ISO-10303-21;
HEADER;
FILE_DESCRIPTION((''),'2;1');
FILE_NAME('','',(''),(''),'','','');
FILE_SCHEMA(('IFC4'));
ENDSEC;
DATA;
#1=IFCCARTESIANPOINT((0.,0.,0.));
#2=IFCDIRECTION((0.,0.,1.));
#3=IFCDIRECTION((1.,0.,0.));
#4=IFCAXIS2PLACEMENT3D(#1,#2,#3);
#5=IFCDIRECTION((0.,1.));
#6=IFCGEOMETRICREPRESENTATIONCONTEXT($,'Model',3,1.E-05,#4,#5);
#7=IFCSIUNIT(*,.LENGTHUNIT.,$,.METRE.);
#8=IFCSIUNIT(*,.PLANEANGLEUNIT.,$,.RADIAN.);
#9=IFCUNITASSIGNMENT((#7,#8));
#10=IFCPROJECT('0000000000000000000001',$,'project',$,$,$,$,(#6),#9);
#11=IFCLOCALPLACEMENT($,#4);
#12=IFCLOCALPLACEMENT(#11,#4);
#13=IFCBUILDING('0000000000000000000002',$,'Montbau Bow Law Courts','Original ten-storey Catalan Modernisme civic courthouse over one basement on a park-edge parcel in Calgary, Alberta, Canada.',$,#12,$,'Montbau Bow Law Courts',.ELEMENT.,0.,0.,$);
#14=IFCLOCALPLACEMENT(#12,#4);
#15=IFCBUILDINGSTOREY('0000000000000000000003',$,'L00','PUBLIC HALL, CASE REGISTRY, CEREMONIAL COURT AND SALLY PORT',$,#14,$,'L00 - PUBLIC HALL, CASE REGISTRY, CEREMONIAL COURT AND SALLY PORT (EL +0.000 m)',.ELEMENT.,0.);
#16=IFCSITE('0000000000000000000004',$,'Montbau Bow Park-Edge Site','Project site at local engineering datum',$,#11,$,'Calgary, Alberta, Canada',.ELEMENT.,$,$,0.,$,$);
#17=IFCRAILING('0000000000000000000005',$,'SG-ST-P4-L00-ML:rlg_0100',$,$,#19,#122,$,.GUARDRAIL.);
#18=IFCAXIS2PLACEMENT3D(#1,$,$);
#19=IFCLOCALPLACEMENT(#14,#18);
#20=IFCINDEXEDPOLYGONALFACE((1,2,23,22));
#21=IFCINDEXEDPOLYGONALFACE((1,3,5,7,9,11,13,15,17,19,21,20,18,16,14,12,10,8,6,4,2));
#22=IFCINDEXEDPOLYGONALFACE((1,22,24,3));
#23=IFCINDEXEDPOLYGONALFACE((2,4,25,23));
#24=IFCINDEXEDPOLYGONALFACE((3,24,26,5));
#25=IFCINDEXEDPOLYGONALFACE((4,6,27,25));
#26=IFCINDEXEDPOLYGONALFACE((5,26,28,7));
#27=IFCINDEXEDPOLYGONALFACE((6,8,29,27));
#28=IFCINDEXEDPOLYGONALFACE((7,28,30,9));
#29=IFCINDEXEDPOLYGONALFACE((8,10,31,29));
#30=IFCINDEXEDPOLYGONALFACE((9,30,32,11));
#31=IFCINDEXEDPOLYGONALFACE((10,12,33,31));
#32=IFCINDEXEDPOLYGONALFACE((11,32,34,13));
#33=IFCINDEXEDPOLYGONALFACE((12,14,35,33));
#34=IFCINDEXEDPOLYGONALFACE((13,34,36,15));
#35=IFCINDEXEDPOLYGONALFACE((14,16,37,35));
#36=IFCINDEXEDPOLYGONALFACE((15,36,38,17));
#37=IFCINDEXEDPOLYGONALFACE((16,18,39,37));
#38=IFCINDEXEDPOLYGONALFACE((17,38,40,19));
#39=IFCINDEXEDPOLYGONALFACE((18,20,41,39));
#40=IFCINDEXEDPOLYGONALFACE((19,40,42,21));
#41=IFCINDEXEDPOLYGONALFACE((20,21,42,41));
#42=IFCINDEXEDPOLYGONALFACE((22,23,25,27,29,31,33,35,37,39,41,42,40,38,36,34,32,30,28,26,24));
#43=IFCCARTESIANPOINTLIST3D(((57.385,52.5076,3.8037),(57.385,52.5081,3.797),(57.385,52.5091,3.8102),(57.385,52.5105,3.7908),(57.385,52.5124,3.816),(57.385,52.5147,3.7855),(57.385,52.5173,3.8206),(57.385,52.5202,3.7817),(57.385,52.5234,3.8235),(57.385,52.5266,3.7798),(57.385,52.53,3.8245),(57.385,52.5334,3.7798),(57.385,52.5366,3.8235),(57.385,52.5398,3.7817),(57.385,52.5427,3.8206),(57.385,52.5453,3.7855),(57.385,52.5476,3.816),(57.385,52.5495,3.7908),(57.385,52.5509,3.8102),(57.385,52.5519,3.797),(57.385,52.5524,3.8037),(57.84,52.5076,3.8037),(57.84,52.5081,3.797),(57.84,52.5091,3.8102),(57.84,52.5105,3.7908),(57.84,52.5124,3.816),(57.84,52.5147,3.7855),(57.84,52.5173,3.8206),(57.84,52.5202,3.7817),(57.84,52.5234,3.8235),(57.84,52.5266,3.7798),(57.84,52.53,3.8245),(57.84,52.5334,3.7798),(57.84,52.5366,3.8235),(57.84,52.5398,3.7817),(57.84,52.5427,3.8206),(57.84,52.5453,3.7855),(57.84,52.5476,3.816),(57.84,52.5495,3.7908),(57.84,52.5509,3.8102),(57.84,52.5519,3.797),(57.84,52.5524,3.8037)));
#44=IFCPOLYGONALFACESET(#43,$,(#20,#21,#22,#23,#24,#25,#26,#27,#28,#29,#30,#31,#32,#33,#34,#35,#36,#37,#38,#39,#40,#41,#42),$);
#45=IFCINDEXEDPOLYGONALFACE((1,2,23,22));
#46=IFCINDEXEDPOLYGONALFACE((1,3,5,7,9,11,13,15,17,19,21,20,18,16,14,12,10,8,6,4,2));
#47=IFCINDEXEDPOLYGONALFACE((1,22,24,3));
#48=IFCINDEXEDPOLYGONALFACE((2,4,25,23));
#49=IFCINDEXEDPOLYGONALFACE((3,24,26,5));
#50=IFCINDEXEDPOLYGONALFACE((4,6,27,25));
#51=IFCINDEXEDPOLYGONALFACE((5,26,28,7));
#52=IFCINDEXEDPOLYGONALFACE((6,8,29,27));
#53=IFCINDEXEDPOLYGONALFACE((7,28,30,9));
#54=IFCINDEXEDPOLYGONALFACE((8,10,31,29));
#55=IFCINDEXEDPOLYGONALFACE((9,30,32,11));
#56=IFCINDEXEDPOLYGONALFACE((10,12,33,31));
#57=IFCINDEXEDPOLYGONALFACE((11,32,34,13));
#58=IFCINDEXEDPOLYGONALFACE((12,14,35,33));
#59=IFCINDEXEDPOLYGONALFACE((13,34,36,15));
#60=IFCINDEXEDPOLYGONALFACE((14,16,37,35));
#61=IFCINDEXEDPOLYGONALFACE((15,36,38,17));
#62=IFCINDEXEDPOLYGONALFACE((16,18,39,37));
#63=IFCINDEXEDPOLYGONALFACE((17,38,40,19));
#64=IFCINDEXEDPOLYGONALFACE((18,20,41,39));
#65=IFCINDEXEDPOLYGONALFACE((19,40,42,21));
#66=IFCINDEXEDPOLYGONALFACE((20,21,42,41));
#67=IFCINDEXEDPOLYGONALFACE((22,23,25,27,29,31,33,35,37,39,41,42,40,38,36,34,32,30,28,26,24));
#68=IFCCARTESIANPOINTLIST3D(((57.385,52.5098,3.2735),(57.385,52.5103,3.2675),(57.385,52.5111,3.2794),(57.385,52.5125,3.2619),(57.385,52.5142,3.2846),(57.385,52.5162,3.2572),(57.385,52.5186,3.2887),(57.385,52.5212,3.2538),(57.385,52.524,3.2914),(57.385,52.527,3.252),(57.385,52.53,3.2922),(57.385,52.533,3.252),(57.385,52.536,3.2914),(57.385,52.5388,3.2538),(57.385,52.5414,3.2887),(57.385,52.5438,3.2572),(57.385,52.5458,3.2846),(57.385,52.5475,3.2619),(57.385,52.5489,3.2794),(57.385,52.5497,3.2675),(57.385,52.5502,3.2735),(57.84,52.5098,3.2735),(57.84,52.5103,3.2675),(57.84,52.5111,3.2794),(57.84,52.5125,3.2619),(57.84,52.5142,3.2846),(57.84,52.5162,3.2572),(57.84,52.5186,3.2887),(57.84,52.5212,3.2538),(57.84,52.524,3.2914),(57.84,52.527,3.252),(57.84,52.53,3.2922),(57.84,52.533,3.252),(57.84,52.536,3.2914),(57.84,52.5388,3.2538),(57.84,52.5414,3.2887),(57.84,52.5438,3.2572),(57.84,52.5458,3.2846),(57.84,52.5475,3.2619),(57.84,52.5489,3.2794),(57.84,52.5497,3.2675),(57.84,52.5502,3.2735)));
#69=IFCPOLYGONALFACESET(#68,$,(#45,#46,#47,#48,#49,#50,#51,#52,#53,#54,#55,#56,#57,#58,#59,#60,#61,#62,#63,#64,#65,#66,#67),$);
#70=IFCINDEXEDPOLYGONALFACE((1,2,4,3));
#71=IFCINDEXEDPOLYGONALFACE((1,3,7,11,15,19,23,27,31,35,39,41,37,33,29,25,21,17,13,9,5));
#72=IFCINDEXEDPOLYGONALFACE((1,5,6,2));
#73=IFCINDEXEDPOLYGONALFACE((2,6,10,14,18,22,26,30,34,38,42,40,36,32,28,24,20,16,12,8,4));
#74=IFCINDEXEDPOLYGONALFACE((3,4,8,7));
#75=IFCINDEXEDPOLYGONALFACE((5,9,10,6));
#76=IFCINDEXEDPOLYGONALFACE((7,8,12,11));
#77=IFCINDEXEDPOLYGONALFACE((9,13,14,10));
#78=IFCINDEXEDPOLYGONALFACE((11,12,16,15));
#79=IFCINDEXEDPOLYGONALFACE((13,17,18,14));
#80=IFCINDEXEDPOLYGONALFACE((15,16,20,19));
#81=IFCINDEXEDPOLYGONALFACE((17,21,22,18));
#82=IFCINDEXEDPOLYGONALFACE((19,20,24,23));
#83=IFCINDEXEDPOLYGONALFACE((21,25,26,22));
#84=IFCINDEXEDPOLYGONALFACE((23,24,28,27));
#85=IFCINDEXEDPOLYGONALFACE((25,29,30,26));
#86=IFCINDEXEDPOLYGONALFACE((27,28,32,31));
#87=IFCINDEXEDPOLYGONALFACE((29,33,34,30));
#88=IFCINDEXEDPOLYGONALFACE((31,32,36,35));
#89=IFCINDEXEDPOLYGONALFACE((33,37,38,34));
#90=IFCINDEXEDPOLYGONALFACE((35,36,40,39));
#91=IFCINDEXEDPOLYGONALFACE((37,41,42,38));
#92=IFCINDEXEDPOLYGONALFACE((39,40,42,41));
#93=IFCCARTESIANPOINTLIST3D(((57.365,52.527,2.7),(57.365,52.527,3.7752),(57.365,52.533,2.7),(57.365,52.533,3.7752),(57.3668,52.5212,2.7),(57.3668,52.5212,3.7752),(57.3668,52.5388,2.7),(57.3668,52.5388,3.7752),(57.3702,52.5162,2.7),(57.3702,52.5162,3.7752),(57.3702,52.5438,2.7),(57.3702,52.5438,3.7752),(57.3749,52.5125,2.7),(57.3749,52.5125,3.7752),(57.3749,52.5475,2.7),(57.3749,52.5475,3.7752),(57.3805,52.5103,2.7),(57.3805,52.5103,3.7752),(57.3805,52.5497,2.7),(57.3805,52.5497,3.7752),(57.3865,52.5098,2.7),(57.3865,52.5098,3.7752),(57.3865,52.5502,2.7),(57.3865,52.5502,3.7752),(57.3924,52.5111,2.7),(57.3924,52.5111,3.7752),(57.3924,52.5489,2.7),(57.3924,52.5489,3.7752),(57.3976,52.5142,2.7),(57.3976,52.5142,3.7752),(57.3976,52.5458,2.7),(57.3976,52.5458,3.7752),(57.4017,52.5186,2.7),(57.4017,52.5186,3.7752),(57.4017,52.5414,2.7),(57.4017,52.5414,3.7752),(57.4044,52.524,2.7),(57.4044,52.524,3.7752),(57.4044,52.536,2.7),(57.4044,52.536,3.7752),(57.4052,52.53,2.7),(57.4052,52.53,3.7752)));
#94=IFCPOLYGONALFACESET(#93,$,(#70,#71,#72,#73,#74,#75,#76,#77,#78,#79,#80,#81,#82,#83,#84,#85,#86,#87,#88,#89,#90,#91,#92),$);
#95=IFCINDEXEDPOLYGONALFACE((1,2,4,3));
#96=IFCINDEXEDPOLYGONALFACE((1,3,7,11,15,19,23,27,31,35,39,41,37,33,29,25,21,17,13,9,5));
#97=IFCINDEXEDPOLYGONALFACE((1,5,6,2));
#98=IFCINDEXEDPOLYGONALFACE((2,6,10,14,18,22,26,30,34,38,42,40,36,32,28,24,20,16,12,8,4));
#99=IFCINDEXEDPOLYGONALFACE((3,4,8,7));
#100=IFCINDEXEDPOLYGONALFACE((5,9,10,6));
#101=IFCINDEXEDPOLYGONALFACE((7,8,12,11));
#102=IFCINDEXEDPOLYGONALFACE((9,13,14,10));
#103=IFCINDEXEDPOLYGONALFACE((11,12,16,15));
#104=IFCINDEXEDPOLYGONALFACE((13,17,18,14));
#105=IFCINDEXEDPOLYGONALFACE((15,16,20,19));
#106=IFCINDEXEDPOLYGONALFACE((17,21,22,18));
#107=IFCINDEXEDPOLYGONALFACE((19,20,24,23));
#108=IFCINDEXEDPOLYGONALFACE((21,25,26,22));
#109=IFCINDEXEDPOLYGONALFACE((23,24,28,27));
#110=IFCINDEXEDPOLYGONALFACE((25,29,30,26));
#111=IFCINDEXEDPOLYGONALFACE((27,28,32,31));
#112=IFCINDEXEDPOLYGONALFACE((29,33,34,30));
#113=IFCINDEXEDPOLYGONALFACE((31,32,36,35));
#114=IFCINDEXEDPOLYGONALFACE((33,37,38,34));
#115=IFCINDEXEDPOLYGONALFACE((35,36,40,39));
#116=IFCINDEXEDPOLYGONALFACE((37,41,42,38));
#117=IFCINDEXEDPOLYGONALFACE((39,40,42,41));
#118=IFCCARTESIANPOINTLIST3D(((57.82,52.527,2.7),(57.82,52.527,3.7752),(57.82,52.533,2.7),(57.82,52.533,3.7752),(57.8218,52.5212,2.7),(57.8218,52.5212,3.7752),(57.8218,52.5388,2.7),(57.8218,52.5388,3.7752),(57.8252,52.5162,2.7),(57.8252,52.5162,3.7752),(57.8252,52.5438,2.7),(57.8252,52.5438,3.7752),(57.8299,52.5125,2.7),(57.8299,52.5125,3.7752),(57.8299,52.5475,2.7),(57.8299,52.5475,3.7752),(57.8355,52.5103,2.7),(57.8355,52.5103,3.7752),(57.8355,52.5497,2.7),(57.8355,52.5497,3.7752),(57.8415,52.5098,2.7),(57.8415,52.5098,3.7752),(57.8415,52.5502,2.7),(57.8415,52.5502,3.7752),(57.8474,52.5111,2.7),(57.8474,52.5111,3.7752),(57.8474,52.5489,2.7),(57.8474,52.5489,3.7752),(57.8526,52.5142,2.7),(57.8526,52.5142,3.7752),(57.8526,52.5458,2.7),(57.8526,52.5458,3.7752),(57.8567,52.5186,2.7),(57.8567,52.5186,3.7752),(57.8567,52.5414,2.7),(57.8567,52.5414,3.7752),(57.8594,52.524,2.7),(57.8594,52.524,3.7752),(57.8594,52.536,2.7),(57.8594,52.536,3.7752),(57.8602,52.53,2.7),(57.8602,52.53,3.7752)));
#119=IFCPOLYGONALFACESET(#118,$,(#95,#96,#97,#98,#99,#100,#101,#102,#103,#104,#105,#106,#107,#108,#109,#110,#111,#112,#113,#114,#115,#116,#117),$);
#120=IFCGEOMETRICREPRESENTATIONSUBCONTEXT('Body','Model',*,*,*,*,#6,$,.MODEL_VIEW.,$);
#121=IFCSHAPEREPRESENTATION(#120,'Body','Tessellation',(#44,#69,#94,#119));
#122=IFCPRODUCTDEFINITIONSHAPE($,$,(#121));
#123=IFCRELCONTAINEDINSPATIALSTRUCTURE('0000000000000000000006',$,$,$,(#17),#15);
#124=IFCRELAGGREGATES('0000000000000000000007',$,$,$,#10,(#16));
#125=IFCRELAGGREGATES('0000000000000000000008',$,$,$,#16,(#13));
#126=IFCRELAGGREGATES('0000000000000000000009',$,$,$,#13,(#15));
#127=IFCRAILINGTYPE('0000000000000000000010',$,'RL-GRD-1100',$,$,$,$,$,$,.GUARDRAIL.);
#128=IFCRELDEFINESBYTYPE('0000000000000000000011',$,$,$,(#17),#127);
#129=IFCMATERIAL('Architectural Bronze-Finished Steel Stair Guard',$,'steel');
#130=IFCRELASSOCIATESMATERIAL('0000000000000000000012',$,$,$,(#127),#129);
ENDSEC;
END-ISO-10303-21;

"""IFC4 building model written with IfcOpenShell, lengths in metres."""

from ifc_helpers import new_model, si_unit, direction, frame, origin_with_axes, origin_2d_with_axis, place, context, subcontext, project, spatial, circle, extrude, material, type_object, element, save


model = new_model("IFC4")

# Units and contexts
model_context = context("Model", 3, precision=1e-05, world=origin_with_axes(), true_north=direction((0.0, 1.0)))
body_context = subcontext(model_context, "Body", "Model", "MODEL_VIEW")
ifc_project = project(units=[si_unit("LENGTHUNIT", "METRE"), si_unit("PLANEANGLEUNIT", "RADIAN")], contexts=[model_context])

# Site, building, storey
site_placement = place(None, origin_with_axes())
site = spatial("IfcSite", under=ifc_project, at=site_placement, Name="Montbau Bow Park-Edge Site", Description="Project site at local engineering datum", LongName="Calgary, Alberta, Canada", CompositionType="ELEMENT", RefElevation=0.0)
building_placement = place(site_placement, origin_with_axes())
building = spatial("IfcBuilding", under=site, at=building_placement, Name="Montbau Bow Law Courts", Description="Original ten-storey Catalan Modernisme civic courthouse over one basement on a park-edge parcel in Calgary, Alberta, Canada.", LongName="Montbau Bow Law Courts", CompositionType="ELEMENT", ElevationOfRefHeight=0.0, ElevationOfTerrain=0.0)
storey_placement = place(building_placement, origin_with_axes())
storey = spatial("IfcBuildingStorey", under=building, at=storey_placement, Name="L00", Description="PUBLIC HALL, CASE REGISTRY, CEREMONIAL COURT AND SALLY PORT", LongName="L00 - PUBLIC HALL, CASE REGISTRY, CEREMONIAL COURT AND SALLY PORT (EL +0.000 m)", CompositionType="ELEMENT", Elevation=0.0)

# Railing
ifc_material_1 = material(Name="Architectural Bronze-Finished Steel Stair Guard", Category="steel")
railing_type_1 = type_object("IfcRailingType", Name="RL-GRD-1100", PredefinedType="GUARDRAIL", material=ifc_material_1)
railing_1_placement = place(None, origin_with_axes())
element("IfcRailing", 1, at=railing_1_placement, inside=storey, type_object=railing_type_1, Name="SG-ST-P4-L00-ML:rlg_0100", PredefinedType="GUARDRAIL", context=body_context, shape_type="SweptSolid", body=[
    extrude(circle(Radius=0.0225, at=origin_2d_with_axis()), frame((57.385, 52.53, 3.802), z_axis=(1.0, 0.0, 0.0), x_axis=(0.0, 0.0, 1.0)), (0.0, 0.0, 1.0), 0.455),
    extrude(circle(Radius=0.0203, at=origin_2d_with_axis()), frame((57.385, 52.53, 3.272), z_axis=(1.0, 0.0, 0.0), x_axis=(0.0, 0.0, 1.0)), (0.0, 0.0, 1.0), 0.455),
    extrude(circle(Radius=0.0203, at=origin_2d_with_axis()), frame((57.385, 52.53, 2.7), z_axis=(0.0, 0.0, 1.0), x_axis=(1.0, 0.0, 0.0)), (0.0, 0.0, 1.0), 1.0753),
    extrude(circle(Radius=0.0203, at=origin_2d_with_axis()), frame((57.84, 52.53, 2.7), z_axis=(0.0, 0.0, 1.0), x_axis=(1.0, 0.0, 0.0)), (0.0, 0.0, 1.0), 1.0753),
])

save(model, "model.ifc")
